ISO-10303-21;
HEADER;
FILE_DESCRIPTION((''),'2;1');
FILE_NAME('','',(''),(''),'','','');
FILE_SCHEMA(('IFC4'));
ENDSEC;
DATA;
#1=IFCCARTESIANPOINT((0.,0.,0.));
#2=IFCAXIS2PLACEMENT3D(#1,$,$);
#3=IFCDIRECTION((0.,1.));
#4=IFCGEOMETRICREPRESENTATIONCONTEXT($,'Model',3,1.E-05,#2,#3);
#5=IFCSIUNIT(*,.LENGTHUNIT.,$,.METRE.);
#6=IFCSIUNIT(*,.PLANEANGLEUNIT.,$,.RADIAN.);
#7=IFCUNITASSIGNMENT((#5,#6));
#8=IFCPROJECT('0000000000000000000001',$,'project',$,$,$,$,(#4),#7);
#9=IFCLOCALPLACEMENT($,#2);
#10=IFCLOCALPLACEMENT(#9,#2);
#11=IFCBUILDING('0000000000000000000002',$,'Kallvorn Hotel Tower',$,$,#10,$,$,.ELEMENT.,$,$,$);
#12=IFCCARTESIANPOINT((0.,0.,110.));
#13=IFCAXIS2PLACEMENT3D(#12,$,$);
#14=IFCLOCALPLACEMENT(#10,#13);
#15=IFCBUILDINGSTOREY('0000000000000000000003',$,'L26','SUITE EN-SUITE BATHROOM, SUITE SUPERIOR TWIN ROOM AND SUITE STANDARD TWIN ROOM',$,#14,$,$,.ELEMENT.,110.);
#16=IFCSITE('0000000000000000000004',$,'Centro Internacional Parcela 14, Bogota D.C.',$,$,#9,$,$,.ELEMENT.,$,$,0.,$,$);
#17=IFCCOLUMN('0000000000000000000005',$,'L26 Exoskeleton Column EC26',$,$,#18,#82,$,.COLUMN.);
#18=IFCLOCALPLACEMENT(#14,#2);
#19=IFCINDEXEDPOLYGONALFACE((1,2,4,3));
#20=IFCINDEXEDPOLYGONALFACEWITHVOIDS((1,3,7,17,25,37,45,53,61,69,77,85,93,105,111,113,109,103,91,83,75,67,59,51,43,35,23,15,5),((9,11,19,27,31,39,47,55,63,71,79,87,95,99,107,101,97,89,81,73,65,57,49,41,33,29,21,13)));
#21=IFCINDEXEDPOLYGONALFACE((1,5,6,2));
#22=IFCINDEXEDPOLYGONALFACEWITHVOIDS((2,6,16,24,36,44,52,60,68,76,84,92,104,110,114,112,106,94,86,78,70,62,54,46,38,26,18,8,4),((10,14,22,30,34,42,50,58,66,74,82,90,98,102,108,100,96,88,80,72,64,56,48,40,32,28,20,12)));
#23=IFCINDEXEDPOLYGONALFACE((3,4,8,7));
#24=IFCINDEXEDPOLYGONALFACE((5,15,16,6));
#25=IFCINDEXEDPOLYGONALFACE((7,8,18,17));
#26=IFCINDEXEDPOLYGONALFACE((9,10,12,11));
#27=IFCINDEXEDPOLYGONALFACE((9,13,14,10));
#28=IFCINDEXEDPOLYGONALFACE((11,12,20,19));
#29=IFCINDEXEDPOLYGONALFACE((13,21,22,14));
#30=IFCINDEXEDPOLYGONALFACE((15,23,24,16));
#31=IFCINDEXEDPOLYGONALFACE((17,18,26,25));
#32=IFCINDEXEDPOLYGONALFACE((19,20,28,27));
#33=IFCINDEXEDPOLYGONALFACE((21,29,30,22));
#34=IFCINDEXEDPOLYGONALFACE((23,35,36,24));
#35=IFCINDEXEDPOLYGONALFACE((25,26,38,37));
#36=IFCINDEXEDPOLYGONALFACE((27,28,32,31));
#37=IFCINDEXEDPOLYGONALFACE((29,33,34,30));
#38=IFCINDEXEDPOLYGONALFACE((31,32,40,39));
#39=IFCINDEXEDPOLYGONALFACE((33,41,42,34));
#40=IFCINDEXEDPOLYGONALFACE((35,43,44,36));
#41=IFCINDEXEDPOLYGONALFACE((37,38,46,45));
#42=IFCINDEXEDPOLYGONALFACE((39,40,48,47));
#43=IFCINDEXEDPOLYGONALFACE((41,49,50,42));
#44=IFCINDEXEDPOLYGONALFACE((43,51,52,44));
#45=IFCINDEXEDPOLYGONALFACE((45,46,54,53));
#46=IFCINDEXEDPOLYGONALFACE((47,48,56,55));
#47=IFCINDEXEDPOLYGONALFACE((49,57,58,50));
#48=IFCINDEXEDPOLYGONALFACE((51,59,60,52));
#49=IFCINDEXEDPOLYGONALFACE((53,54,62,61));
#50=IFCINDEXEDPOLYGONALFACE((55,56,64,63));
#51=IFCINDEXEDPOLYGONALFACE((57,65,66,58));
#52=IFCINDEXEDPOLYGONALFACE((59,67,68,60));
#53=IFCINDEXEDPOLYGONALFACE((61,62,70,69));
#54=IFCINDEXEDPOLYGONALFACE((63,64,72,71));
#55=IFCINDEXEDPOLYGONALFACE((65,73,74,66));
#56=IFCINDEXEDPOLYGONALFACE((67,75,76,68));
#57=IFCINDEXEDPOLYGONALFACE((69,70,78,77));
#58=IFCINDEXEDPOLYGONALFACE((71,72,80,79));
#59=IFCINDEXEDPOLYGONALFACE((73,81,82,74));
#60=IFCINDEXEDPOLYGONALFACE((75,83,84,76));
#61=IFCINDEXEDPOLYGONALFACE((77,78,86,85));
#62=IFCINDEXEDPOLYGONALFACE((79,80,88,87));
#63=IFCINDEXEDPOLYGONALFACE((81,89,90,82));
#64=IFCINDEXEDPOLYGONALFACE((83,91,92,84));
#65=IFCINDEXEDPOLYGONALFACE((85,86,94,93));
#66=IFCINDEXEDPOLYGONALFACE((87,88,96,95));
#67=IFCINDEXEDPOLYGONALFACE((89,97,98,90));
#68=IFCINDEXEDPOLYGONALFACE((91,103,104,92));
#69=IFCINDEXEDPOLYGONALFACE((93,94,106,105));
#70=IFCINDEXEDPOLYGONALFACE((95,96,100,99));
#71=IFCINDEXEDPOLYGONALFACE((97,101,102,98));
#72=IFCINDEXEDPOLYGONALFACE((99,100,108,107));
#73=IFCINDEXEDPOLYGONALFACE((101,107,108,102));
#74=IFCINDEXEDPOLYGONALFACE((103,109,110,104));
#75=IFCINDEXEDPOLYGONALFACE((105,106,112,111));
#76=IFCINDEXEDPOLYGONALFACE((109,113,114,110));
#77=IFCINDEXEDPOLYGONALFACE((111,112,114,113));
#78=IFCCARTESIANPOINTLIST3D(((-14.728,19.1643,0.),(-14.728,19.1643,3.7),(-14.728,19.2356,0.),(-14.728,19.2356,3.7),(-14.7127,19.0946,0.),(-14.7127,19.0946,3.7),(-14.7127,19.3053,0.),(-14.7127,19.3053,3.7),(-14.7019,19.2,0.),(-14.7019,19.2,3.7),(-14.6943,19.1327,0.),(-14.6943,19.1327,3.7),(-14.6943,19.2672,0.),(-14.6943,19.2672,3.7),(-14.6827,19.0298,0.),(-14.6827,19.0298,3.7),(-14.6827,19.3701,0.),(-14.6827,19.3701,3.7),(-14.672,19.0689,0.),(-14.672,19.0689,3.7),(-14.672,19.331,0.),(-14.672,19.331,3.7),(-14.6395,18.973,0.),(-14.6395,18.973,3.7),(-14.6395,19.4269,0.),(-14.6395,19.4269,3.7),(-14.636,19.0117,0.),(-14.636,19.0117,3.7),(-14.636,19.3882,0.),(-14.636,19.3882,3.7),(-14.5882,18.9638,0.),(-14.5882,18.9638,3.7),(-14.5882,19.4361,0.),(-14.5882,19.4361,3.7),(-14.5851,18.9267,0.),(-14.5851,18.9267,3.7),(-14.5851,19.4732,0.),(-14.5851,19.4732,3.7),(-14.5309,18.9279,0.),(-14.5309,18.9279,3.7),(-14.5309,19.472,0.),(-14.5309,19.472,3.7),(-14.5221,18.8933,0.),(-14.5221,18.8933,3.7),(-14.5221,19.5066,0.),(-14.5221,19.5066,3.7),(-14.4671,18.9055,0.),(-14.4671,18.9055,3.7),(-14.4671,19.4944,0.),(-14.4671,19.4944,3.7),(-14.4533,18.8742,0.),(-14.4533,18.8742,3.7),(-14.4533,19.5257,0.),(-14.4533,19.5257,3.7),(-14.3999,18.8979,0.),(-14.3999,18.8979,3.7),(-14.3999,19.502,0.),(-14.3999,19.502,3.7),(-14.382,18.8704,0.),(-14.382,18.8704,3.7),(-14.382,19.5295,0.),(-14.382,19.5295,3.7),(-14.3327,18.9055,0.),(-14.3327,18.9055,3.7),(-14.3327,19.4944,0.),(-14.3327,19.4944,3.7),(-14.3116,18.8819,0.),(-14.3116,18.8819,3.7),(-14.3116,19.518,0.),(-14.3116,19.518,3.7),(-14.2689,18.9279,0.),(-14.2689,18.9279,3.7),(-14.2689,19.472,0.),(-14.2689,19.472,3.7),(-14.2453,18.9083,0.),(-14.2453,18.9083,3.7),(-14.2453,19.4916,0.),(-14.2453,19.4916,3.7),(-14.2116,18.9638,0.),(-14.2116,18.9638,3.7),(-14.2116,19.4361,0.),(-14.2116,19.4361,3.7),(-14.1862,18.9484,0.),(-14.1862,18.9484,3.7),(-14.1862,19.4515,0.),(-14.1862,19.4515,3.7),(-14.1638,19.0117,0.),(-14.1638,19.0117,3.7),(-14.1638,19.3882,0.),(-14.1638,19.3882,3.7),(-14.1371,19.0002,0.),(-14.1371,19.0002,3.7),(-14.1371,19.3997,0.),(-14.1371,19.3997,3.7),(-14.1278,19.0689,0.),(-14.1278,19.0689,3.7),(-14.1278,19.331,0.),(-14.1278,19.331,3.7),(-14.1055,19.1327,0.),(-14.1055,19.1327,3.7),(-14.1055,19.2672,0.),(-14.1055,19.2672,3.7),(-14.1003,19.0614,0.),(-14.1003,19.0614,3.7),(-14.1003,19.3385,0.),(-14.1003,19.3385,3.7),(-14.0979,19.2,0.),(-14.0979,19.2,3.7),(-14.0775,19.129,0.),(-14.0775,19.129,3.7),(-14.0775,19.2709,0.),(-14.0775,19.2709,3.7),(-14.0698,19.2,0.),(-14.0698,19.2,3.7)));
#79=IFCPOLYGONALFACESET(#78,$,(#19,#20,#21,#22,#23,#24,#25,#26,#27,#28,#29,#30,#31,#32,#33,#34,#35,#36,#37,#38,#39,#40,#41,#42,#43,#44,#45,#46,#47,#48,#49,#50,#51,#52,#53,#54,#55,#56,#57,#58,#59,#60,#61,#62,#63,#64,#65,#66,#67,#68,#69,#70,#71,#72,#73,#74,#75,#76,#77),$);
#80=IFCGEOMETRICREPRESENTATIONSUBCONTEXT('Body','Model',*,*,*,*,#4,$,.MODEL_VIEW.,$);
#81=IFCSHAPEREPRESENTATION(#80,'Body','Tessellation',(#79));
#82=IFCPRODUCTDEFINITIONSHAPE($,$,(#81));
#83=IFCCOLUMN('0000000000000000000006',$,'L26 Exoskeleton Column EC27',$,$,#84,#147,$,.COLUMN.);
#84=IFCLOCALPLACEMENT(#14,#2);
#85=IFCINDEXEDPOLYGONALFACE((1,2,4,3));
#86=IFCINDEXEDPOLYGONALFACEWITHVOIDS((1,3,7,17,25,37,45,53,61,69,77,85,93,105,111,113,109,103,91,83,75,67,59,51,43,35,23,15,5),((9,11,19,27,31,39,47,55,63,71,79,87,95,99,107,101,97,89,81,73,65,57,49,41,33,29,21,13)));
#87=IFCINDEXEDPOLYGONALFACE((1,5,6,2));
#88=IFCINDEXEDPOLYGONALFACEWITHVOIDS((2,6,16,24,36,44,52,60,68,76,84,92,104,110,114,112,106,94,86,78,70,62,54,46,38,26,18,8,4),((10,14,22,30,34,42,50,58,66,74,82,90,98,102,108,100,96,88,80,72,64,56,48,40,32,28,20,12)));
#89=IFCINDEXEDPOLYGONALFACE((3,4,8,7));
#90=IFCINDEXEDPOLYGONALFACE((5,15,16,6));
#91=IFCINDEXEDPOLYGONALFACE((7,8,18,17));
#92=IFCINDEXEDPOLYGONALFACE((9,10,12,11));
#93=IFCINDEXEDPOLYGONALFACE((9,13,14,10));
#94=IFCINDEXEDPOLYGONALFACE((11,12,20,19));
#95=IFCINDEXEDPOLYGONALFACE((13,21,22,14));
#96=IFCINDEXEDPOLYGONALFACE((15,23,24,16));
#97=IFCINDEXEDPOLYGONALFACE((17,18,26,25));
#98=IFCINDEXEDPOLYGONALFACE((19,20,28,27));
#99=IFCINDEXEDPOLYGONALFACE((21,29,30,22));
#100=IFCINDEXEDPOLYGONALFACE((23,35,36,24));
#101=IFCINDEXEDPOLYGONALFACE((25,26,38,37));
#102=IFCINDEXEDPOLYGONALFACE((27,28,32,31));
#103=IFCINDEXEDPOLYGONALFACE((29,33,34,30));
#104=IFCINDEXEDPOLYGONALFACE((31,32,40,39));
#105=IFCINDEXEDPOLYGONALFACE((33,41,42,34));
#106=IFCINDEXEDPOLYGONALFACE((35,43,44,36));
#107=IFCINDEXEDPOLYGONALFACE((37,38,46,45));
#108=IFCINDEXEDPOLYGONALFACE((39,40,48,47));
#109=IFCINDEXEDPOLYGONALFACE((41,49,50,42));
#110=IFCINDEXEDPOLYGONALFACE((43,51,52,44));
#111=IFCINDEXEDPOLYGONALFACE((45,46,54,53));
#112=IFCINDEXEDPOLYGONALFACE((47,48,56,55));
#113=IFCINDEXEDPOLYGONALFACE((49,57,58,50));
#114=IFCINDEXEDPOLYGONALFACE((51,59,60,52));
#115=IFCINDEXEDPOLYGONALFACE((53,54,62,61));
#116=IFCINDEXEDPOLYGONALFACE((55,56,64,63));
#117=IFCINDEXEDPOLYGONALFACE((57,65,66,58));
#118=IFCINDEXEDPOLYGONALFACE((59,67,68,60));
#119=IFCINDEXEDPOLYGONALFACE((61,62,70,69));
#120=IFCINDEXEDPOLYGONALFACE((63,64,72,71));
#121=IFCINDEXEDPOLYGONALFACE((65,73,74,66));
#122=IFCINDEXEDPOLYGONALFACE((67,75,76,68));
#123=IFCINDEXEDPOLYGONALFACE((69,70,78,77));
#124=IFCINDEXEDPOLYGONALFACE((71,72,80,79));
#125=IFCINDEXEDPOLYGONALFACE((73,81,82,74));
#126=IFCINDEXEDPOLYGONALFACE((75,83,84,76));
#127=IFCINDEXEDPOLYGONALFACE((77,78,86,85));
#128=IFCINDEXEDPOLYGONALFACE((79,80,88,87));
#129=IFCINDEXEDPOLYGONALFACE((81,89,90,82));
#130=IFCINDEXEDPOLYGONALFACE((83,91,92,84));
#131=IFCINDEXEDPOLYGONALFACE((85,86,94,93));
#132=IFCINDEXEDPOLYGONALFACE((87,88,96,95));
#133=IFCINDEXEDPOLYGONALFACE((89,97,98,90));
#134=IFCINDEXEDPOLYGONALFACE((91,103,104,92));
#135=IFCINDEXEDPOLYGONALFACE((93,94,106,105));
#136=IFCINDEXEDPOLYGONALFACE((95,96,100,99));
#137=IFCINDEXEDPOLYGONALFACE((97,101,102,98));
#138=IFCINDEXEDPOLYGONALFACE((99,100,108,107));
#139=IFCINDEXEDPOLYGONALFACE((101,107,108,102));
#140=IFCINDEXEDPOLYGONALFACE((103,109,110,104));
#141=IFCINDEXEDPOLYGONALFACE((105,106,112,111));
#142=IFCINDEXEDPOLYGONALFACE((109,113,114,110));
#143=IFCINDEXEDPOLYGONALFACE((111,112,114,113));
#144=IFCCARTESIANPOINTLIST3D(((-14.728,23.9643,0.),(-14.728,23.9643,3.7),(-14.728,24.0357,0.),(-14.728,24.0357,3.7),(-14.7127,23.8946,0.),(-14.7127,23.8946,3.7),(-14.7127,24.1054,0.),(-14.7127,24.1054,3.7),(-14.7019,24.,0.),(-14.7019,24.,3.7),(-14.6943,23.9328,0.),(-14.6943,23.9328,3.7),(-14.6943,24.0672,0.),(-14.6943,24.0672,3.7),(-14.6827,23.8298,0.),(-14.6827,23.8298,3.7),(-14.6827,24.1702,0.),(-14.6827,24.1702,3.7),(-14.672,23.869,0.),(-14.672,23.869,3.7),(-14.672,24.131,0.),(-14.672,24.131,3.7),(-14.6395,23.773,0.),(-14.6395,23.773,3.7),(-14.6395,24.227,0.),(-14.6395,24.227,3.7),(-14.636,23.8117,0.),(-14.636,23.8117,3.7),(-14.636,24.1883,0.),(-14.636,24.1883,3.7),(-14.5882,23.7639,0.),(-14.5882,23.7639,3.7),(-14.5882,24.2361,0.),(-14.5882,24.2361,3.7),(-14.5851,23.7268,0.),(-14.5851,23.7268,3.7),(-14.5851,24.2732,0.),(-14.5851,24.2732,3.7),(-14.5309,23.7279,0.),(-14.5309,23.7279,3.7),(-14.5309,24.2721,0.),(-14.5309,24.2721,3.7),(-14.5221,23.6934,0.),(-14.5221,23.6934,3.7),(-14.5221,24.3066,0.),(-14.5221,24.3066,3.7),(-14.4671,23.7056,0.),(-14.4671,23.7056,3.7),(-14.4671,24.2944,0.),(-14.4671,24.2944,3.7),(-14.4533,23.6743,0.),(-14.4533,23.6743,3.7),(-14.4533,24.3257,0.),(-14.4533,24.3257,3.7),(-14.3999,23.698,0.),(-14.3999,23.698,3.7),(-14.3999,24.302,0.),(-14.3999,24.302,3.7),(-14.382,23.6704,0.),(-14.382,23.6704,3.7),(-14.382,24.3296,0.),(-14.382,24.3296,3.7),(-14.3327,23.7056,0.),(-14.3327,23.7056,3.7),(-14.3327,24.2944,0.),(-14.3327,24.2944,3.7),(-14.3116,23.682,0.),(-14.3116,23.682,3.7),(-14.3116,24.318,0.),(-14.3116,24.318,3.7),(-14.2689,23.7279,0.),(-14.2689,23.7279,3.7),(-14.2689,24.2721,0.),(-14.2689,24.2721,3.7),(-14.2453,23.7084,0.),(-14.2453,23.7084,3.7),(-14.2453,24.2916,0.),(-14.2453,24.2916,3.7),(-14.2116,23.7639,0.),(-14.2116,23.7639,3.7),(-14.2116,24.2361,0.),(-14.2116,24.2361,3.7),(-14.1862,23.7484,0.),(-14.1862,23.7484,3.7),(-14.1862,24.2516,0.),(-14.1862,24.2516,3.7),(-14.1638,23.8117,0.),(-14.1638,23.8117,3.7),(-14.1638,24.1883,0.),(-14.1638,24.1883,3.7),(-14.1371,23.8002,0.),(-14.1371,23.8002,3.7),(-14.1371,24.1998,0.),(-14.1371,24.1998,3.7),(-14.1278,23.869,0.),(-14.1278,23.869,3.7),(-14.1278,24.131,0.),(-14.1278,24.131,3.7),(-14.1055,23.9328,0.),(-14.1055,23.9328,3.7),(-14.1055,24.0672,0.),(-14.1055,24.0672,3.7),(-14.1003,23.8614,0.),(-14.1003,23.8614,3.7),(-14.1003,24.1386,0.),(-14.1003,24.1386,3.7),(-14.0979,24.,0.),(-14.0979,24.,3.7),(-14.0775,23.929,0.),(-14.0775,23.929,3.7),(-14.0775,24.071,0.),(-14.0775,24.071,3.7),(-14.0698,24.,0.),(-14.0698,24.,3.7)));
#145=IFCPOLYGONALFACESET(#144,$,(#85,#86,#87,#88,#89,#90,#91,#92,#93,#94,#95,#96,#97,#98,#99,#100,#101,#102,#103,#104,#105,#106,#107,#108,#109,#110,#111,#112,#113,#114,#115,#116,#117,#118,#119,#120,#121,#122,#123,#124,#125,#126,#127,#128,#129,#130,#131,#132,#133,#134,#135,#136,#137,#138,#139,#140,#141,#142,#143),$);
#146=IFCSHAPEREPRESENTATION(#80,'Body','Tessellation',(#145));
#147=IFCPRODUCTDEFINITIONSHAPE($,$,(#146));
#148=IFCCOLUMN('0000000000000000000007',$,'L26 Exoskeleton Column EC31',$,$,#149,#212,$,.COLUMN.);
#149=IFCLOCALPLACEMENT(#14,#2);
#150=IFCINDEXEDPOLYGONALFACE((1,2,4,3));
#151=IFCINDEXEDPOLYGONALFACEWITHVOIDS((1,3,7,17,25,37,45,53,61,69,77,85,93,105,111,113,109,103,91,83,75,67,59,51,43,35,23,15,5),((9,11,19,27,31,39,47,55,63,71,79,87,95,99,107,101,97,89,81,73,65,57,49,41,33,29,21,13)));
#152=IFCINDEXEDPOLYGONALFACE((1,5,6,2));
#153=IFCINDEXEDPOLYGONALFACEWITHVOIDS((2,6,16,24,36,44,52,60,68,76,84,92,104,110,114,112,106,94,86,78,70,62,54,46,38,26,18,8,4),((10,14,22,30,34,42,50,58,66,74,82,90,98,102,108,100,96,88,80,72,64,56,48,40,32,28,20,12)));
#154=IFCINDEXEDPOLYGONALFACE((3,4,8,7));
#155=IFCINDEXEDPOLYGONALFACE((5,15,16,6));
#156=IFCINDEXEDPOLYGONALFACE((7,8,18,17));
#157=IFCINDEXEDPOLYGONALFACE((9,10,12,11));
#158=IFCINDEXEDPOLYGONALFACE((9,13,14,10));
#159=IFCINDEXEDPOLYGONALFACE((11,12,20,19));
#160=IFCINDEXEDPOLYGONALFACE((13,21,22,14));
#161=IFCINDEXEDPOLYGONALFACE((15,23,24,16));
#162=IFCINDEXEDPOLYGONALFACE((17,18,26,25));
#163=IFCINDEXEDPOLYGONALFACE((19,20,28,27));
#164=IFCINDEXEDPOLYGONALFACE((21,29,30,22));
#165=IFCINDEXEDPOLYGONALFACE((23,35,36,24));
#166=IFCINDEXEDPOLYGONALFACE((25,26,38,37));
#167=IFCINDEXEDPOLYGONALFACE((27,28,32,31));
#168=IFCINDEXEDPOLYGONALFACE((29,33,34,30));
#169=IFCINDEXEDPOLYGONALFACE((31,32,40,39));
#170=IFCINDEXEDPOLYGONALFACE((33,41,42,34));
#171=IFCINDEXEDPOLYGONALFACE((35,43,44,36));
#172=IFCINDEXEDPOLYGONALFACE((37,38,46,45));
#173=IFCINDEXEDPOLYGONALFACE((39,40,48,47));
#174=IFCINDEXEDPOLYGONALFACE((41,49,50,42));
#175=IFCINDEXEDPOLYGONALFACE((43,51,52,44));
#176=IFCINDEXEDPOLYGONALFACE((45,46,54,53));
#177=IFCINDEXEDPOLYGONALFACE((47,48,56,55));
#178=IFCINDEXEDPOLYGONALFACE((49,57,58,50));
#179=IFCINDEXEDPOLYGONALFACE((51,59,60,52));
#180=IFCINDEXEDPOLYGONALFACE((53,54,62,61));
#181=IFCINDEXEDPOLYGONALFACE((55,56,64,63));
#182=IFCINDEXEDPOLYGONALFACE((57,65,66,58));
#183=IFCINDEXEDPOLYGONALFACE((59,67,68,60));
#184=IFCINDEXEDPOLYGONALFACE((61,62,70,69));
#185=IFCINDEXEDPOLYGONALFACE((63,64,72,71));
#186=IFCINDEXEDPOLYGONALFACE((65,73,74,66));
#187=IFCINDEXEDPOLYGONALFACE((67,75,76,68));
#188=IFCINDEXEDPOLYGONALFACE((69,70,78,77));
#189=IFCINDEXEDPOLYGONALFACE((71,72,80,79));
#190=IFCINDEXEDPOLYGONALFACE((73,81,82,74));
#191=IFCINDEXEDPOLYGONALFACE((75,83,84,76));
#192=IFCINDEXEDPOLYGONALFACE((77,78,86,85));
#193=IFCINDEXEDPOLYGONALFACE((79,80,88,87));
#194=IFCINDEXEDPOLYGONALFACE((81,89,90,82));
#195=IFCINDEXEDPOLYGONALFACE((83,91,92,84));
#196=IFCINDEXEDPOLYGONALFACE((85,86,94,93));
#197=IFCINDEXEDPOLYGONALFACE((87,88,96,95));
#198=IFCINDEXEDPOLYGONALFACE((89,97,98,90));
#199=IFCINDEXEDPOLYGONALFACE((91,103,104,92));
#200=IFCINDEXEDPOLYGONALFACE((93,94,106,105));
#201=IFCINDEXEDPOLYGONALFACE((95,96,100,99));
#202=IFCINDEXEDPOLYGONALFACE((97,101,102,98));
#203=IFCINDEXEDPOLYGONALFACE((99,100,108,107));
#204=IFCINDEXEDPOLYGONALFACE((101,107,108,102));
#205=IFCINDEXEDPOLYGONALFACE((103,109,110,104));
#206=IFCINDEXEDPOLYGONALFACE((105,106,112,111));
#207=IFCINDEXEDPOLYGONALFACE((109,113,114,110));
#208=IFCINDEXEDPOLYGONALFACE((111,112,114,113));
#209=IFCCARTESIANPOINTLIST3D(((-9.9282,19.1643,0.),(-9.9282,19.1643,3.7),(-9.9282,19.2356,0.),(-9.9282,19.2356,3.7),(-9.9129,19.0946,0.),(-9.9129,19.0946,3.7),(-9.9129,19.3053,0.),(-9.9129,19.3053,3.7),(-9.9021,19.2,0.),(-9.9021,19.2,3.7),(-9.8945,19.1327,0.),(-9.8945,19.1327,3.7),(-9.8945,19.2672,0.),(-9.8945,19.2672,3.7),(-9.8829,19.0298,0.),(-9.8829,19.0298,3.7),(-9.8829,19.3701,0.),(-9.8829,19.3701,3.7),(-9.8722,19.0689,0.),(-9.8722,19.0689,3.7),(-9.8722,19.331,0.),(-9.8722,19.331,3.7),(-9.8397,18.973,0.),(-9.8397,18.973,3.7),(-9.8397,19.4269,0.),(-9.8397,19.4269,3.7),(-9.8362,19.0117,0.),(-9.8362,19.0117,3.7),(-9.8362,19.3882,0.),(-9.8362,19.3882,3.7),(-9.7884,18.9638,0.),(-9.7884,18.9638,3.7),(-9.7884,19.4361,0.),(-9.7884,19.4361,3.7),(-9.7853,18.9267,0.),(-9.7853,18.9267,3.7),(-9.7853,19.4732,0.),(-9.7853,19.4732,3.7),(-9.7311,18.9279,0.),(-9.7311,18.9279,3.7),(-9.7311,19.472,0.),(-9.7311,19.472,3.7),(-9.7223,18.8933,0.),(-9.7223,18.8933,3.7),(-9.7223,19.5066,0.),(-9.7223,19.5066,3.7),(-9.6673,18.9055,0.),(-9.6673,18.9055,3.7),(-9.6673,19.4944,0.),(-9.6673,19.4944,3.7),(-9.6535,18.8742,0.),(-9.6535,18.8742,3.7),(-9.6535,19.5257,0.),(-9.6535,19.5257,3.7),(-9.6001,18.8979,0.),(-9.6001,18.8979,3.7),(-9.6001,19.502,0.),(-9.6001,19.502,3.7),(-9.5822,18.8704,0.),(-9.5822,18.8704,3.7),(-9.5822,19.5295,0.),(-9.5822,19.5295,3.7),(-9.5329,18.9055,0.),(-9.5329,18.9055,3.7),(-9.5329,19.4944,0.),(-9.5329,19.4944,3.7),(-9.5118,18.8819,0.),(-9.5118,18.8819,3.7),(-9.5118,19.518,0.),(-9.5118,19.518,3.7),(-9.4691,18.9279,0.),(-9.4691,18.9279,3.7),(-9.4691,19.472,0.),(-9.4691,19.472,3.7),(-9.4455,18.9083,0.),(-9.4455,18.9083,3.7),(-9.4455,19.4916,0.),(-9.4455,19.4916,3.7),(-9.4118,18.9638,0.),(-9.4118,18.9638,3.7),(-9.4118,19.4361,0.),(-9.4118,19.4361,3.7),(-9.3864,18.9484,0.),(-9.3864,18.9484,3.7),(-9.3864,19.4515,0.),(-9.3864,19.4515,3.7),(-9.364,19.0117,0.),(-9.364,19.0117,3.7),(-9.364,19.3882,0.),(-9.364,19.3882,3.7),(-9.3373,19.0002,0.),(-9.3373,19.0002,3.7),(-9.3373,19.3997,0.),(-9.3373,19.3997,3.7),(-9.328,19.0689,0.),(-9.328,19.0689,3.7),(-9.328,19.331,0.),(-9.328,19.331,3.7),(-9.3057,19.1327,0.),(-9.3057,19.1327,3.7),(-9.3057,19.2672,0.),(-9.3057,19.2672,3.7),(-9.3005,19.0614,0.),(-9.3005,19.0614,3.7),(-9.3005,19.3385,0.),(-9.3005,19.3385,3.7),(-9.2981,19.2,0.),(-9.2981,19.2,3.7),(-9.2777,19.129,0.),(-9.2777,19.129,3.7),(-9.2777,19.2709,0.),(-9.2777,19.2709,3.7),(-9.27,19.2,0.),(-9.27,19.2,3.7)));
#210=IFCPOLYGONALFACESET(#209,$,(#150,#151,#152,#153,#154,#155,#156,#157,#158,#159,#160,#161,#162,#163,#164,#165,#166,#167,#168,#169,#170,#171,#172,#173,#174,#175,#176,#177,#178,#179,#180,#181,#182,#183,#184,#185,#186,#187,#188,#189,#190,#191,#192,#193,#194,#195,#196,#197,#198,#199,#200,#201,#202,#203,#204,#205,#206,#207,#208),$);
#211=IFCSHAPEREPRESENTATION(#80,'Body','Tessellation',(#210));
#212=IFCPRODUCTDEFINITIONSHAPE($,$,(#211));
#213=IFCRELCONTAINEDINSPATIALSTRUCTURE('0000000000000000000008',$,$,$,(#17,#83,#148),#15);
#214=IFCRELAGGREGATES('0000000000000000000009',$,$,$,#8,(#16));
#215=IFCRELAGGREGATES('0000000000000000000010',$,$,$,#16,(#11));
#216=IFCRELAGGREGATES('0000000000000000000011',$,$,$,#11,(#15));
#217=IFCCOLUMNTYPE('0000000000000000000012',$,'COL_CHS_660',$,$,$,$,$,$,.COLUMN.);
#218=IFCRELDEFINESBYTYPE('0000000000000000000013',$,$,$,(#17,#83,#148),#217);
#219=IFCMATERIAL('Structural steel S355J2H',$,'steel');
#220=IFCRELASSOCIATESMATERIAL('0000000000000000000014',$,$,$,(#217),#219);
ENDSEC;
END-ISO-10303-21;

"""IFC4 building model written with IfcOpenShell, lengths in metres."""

from ifc_helpers import new_model, si_unit, direction, frame, origin, origin_2d, place, context, subcontext, project, spatial, hollow_circle, extrude, material, material_profile, profile_set, type_object, element, save


model = new_model("IFC4")

# Units and contexts
model_context = context("Model", 3, precision=1e-05, world=origin(), true_north=direction((0.0, 1.0)))
body_context = subcontext(model_context, "Body", "Model", "MODEL_VIEW")
ifc_project = project(units=[si_unit("LENGTHUNIT", "METRE"), si_unit("PLANEANGLEUNIT", "RADIAN")], contexts=[model_context])

# Site, building, storey
site_placement = place(None, origin())
site = spatial("IfcSite", under=ifc_project, at=site_placement, Name="Centro Internacional Parcela 14, Bogota D.C.", CompositionType="ELEMENT", RefElevation=0.0)
building_placement = place(site_placement, origin())
building = spatial("IfcBuilding", under=site, at=building_placement, Name="Kallvorn Hotel Tower", CompositionType="ELEMENT")
storey_placement = place(building_placement, frame((0.0, 0.0, 110.0)))
storey = spatial("IfcBuildingStorey", under=building, at=storey_placement, Name="L26", Description="SUITE EN-SUITE BATHROOM, SUITE SUPERIOR TWIN ROOM AND SUITE STANDARD TWIN ROOM", CompositionType="ELEMENT", Elevation=110.0)

# Columns
ifc_material_1 = material(Name="Structural steel S355J2H", Category="steel")
ifc_material_profile_1 = material_profile(ifc_material_1, hollow_circle(Radius=0.3301, WallThickness=0.0281, at=origin_2d()), Name="CHS 660x28")
ifc_profile_set_1 = profile_set([ifc_material_profile_1], Name="Structural steel S355J2H")
column_type_1 = type_object("IfcColumnType", Name="COL_CHS_660", PredefinedType="COLUMN", material=ifc_profile_set_1)
for number, where, z_axis, x_axis, name in (
    (1, (-14.3999, 19.2, 0.0), (0.0, 0.0, 1.0), (1.0, 0.0, 0.0), "L26 Exoskeleton Column EC26"),
    (2, (-14.3999, 24.0, 0.0), (0.0, 0.0, 1.0), (1.0, 0.0, 0.0), "L26 Exoskeleton Column EC27"),
    (3, (-9.6001, 19.2, 0.0), (0.0, 0.0, 1.0), (1.0, 0.0, 0.0), "L26 Exoskeleton Column EC31"),
):
    element("IfcColumn", number, at=place(storey_placement, frame(where, z_axis=z_axis, x_axis=x_axis)), inside=storey, type_object=column_type_1, Name=name, PredefinedType="COLUMN", context=body_context, shape_type="SweptSolid", body=[
        extrude(hollow_circle(Radius=0.3301, WallThickness=0.0281, at=origin_2d()), origin(), (0.0, 0.0, 1.0), 3.7),
    ])

save(model, "model.ifc")
